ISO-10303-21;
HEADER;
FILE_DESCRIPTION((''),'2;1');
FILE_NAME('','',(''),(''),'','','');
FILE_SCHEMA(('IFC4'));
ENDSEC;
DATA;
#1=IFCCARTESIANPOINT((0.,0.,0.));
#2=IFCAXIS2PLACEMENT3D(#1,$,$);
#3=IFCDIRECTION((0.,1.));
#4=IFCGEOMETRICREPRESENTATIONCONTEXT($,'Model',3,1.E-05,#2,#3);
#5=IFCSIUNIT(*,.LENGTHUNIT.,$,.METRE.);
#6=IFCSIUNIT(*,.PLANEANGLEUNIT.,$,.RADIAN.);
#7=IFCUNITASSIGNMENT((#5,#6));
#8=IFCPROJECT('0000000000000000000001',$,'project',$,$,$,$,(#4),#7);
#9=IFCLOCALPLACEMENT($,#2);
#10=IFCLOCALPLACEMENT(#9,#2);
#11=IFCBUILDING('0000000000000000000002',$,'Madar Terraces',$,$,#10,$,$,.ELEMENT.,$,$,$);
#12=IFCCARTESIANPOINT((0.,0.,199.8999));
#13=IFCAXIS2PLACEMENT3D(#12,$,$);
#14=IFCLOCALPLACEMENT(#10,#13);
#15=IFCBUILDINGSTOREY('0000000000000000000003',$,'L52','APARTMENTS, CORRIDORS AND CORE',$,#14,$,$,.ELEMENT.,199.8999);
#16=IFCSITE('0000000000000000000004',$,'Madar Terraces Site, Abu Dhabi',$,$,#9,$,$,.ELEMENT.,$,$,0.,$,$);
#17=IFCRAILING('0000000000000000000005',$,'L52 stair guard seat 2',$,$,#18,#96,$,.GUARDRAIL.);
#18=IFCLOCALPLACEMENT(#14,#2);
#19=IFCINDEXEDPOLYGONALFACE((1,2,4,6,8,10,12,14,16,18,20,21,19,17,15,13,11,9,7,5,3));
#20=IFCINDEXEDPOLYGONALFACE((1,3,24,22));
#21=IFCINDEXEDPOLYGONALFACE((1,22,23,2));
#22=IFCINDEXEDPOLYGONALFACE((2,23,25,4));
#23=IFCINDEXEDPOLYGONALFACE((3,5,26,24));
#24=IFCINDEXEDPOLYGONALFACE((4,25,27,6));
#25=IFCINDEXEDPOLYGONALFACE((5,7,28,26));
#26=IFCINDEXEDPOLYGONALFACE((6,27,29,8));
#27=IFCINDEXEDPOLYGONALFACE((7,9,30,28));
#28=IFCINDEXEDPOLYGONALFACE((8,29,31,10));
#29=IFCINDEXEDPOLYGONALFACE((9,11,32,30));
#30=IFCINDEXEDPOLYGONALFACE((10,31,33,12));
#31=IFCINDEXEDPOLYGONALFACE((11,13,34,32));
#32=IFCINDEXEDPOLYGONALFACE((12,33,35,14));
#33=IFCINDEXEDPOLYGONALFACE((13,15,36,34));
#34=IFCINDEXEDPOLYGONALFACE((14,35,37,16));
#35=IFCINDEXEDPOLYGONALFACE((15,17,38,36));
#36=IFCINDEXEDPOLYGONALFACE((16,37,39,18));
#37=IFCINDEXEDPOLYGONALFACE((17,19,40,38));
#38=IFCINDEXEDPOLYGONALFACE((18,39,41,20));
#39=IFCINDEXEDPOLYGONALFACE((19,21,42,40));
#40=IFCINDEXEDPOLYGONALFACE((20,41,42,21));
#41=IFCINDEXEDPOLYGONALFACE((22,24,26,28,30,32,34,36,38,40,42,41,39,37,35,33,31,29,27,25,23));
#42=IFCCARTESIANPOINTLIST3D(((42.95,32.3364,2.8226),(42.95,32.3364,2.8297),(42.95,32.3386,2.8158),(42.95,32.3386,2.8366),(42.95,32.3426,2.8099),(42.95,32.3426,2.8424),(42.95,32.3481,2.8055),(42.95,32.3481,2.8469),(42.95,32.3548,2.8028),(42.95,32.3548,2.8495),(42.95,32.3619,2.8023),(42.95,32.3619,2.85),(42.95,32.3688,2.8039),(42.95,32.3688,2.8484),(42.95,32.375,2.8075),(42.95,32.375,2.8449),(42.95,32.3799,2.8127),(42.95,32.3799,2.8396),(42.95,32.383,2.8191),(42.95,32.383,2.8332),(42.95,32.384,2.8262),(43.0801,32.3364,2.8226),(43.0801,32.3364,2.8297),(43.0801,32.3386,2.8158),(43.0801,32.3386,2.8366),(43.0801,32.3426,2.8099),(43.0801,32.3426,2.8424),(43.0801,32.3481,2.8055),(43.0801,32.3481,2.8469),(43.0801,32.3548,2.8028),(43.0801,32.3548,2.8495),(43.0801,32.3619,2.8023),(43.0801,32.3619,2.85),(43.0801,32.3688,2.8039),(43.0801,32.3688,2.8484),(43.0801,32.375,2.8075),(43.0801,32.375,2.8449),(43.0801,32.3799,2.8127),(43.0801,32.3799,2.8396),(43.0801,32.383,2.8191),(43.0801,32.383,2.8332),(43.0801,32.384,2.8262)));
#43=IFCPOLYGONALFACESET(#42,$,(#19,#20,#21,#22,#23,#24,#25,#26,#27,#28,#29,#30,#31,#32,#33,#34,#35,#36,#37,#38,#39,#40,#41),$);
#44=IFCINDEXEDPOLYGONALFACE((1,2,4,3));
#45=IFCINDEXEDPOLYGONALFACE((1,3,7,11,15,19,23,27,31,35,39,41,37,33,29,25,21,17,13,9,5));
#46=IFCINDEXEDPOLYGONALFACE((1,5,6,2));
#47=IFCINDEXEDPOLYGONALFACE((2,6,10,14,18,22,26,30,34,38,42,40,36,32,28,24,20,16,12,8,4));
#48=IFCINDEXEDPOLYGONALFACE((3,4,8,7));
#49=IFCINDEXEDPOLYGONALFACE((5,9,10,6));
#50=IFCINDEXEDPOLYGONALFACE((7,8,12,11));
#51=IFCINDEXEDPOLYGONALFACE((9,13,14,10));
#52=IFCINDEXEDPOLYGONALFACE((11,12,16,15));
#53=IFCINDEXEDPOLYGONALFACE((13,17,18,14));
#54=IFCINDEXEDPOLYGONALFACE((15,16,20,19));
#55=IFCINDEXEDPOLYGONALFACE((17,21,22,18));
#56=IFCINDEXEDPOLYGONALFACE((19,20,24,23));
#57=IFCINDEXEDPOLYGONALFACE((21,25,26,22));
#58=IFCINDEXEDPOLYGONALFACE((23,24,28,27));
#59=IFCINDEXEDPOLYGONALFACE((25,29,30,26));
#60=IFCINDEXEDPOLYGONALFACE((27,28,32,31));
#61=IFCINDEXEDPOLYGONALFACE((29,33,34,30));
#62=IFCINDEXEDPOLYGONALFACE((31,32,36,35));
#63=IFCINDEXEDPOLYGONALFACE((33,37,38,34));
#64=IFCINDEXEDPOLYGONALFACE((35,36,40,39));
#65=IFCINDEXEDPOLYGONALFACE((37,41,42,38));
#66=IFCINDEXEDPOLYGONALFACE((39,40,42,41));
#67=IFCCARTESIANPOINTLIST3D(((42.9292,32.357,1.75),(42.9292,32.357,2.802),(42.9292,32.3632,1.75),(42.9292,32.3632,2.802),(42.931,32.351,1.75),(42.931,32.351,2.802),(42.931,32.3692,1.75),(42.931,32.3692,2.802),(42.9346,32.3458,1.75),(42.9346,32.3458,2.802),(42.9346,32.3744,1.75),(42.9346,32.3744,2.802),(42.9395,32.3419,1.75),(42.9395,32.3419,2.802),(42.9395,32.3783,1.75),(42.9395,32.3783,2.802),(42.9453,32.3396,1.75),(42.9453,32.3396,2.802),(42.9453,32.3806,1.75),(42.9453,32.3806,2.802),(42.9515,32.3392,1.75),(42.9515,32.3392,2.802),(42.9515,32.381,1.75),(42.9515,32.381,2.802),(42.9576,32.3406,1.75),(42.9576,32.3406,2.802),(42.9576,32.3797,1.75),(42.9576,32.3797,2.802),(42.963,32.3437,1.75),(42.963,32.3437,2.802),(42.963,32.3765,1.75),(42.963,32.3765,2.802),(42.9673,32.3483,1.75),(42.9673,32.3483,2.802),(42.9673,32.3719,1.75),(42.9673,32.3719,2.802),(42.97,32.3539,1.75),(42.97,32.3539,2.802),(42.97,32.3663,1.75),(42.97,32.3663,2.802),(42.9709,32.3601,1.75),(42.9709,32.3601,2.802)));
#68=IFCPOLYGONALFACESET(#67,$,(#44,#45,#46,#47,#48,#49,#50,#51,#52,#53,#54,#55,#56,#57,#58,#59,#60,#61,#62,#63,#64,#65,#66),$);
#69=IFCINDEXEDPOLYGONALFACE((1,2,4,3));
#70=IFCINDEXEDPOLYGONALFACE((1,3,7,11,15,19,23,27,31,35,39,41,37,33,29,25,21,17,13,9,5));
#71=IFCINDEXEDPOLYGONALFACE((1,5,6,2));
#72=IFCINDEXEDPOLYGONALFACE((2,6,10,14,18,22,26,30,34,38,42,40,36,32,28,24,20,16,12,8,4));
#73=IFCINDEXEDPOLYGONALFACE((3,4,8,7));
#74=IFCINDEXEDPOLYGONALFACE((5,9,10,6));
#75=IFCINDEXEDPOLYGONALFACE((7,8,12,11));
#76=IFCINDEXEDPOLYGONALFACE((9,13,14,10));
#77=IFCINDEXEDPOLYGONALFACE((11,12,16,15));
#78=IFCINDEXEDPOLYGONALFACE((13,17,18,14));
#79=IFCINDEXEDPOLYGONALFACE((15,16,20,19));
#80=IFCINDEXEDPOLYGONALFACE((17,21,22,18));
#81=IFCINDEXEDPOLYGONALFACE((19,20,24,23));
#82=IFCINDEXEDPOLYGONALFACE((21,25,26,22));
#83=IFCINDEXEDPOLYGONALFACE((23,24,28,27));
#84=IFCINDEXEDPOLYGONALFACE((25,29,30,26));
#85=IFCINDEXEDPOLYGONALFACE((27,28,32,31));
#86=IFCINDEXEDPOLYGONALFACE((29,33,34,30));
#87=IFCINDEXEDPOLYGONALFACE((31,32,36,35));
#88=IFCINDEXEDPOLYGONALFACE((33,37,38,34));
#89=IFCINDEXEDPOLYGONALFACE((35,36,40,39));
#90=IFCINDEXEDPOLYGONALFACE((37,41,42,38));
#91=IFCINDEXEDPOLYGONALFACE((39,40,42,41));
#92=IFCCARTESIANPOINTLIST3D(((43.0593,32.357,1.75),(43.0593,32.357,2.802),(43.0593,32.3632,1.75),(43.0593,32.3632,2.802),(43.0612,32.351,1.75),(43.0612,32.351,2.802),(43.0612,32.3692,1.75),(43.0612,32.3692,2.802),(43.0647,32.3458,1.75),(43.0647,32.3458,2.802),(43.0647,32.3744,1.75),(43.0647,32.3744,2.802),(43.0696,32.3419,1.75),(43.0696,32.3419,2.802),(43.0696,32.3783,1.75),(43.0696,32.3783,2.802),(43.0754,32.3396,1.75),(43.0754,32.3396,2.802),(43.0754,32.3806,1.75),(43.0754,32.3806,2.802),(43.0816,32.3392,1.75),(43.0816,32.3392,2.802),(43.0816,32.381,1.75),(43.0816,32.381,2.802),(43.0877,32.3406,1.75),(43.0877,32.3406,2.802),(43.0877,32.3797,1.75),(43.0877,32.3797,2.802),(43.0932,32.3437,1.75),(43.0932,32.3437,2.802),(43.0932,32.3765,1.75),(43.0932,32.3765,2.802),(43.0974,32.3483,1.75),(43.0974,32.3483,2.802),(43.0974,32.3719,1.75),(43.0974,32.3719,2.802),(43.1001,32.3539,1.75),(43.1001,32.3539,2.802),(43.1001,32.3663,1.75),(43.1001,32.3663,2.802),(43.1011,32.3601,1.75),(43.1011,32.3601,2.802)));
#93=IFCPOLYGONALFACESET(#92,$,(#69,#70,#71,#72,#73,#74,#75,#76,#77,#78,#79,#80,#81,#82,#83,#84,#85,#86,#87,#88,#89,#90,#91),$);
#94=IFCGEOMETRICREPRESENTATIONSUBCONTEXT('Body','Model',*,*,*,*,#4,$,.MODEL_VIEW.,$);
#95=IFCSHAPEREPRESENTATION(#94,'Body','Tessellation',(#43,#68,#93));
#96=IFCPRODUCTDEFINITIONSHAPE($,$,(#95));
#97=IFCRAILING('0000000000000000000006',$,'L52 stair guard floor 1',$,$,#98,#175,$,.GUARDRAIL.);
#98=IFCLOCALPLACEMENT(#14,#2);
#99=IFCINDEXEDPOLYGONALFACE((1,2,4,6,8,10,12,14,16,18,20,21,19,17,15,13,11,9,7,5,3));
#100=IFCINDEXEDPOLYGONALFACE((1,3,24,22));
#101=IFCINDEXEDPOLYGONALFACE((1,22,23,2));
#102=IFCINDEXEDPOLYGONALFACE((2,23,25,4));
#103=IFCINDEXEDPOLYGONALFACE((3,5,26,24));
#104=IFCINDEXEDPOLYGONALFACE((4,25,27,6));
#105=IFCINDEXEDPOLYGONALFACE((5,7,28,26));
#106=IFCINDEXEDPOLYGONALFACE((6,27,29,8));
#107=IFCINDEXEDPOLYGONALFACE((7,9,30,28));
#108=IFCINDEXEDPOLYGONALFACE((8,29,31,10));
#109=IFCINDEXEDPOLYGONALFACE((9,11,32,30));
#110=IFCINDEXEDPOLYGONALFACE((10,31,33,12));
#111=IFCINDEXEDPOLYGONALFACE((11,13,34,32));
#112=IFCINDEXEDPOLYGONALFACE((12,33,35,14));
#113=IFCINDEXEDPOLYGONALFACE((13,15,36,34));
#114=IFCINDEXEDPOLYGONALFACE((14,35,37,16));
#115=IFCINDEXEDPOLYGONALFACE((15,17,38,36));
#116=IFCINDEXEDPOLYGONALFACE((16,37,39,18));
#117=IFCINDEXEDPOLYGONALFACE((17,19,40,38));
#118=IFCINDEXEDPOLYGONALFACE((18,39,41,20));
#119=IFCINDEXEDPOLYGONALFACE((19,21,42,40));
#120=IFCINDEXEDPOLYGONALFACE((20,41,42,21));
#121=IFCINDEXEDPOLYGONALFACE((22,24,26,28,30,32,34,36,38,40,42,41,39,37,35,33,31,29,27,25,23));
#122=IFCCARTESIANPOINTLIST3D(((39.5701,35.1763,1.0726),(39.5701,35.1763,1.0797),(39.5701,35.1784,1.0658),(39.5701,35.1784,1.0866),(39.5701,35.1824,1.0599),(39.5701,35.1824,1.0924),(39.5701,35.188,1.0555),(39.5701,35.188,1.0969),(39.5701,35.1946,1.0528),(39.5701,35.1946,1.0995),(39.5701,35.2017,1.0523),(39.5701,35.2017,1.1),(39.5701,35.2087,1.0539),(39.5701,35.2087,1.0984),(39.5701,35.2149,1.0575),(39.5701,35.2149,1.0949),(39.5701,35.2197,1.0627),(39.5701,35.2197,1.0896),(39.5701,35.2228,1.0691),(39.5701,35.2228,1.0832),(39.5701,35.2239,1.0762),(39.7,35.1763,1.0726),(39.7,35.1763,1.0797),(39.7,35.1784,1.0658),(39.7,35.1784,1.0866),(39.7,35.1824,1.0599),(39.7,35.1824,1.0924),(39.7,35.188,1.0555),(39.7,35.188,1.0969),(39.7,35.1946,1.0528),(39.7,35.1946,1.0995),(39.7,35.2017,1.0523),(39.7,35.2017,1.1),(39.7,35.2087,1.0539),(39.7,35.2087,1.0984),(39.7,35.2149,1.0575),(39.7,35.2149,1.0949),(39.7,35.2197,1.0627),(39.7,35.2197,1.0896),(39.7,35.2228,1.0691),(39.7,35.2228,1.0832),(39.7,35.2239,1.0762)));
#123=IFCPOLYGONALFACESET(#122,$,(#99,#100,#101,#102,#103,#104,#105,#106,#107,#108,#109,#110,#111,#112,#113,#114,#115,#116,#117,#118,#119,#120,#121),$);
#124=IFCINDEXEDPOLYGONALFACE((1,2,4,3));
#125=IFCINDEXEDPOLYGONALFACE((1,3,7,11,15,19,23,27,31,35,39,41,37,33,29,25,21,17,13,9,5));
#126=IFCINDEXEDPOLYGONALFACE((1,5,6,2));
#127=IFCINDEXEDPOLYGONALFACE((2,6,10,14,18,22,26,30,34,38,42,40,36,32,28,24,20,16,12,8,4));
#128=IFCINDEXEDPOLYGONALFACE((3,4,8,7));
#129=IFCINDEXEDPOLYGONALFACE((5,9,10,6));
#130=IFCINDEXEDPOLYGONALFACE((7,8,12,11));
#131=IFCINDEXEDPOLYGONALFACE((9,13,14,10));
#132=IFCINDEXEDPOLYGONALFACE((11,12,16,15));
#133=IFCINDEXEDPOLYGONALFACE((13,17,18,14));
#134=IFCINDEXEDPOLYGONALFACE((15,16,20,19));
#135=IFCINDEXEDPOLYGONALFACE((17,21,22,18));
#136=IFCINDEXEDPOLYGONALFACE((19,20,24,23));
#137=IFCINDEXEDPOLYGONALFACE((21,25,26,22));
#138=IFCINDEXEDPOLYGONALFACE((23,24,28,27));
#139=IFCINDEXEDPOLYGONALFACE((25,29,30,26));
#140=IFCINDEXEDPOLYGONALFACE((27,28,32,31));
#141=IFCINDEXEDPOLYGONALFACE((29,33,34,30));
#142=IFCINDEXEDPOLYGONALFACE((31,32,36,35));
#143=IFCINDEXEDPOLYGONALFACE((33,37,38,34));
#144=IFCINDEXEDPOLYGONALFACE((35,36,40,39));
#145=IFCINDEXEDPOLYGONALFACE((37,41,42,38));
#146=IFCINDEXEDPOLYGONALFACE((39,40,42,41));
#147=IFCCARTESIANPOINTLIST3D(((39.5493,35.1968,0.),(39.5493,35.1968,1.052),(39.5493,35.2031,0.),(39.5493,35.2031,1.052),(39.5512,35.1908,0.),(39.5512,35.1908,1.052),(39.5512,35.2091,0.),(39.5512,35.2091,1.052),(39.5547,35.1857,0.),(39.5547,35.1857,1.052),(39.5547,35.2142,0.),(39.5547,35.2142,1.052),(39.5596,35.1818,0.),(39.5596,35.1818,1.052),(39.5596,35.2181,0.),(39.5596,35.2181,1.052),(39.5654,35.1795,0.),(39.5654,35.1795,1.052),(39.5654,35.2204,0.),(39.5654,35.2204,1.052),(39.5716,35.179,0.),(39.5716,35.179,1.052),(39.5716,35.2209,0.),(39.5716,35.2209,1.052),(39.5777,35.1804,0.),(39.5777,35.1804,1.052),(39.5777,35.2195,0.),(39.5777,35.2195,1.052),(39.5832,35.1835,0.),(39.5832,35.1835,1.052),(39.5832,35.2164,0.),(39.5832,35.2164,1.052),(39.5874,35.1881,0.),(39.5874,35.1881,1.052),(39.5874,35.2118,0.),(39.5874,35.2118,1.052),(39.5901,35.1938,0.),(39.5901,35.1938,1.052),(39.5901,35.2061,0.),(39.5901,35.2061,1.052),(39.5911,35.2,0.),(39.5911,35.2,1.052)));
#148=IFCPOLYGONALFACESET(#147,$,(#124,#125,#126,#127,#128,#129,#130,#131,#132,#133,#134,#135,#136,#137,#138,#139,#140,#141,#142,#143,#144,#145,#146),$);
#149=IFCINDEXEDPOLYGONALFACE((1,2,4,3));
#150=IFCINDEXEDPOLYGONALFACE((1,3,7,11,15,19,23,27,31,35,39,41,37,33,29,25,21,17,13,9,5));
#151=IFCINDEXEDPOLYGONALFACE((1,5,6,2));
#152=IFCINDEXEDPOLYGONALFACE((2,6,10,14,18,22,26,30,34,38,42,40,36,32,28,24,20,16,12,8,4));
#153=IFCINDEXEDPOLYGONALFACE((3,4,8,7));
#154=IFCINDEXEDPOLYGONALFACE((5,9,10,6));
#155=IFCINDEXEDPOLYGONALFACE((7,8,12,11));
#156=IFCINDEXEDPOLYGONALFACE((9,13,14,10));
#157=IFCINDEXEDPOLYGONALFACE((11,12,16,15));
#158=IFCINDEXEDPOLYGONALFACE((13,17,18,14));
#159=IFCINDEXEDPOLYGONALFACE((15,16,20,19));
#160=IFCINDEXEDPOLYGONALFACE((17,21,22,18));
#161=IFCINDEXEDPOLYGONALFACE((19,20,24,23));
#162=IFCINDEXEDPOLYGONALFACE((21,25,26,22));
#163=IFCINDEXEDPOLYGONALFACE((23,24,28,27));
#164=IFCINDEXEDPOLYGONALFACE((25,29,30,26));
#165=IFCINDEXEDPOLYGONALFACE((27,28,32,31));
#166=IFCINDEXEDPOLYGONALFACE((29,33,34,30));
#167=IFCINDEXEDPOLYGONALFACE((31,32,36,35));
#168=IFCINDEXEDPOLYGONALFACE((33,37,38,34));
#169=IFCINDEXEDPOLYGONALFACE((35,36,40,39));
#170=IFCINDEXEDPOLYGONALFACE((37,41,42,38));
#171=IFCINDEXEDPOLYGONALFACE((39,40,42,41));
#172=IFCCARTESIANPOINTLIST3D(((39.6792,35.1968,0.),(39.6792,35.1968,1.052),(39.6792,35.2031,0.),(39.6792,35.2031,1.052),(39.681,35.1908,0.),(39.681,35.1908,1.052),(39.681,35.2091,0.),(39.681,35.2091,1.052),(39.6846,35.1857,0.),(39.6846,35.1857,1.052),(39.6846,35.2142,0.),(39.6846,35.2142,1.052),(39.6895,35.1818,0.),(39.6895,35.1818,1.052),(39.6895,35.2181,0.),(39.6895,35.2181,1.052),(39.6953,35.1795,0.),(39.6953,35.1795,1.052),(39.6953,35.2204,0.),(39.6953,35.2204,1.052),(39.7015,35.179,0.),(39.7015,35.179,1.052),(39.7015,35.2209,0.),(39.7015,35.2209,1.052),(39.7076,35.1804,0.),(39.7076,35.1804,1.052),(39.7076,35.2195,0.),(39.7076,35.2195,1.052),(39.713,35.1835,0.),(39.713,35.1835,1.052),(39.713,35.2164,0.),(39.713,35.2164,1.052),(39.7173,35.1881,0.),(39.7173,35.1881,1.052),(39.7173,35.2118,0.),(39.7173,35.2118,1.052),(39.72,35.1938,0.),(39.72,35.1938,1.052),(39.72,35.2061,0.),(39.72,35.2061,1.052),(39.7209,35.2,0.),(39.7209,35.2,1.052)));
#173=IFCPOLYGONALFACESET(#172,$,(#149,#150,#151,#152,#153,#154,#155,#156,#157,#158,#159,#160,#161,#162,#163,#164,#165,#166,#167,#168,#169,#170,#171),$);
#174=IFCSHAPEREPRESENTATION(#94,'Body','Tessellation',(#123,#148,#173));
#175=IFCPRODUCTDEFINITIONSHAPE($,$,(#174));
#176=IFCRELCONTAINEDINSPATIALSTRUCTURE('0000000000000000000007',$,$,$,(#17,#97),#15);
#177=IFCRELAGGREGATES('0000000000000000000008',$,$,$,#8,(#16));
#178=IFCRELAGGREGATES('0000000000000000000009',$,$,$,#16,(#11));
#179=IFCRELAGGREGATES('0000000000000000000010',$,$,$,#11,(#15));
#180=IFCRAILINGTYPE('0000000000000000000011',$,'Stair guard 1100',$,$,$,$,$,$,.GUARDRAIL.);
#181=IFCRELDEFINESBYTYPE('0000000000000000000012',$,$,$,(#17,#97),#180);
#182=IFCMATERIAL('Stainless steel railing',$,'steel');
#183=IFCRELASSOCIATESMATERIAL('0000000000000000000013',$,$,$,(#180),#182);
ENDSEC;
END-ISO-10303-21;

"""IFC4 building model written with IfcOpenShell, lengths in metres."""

from ifc_helpers import new_model, si_unit, direction, frame, origin, origin_2d, place, context, subcontext, project, spatial, circle, extrude, material, type_object, element, save


model = new_model("IFC4")

# Units and contexts
model_context = context("Model", 3, precision=1e-05, world=origin(), true_north=direction((0.0, 1.0)))
body_context = subcontext(model_context, "Body", "Model", "MODEL_VIEW")
ifc_project = project(units=[si_unit("LENGTHUNIT", "METRE"), si_unit("PLANEANGLEUNIT", "RADIAN")], contexts=[model_context])

# Site, building, storey
site_placement = place(None, origin())
site = spatial("IfcSite", under=ifc_project, at=site_placement, Name="Madar Terraces Site, Abu Dhabi", CompositionType="ELEMENT", RefElevation=0.0)
building_placement = place(site_placement, origin())
building = spatial("IfcBuilding", under=site, at=building_placement, Name="Madar Terraces", CompositionType="ELEMENT")
storey_placement = place(building_placement, frame((0.0, 0.0, 199.8999)))
storey = spatial("IfcBuildingStorey", under=building, at=storey_placement, Name="L52", Description="APARTMENTS, CORRIDORS AND CORE", CompositionType="ELEMENT", Elevation=199.8999)

# Railings
ifc_material_1 = material(Name="Stainless steel railing", Category="steel")
railing_type_1 = type_object("IfcRailingType", Name="Stair guard 1100", PredefinedType="GUARDRAIL", material=ifc_material_1)
railing_1_placement = place(storey_placement, frame((42.95, 32.3601, 1.75)))
element("IfcRailing", 1, at=railing_1_placement, inside=storey, type_object=railing_type_1, Name="L52 stair guard seat 2", PredefinedType="GUARDRAIL", context=body_context, shape_type="SweptSolid", body=[
    extrude(circle(Radius=0.0239, at=origin_2d()), frame((0.0, 0.0, 1.0762), z_axis=(1.0, 0.0, 0.0), x_axis=(0.0, 1.0, 0.0)), (0.0, 0.0, 1.0), 0.1301),
    extrude(circle(Radius=0.021, at=origin_2d()), origin(), (0.0, 0.0, 1.0), 1.052),
    extrude(circle(Radius=0.021, at=origin_2d()), frame((0.1301, 0.0, 0.0)), (0.0, 0.0, 1.0), 1.052),
])
railing_2_placement = place(storey_placement, frame((39.5701, 35.2, 0.0)))
element("IfcRailing", 2, at=railing_2_placement, inside=storey, type_object=railing_type_1, Name="L52 stair guard floor 1", PredefinedType="GUARDRAIL", context=body_context, shape_type="SweptSolid", body=[
    extrude(circle(Radius=0.0239, at=origin_2d()), frame((0.0, 0.0, 1.0762), z_axis=(1.0, 0.0, 0.0), x_axis=(0.0, 1.0, 0.0)), (0.0, 0.0, 1.0), 0.1299),
    extrude(circle(Radius=0.021, at=origin_2d()), origin(), (0.0, 0.0, 1.0), 1.052),
    extrude(circle(Radius=0.021, at=origin_2d()), frame((0.1299, 0.0, 0.0)), (0.0, 0.0, 1.0), 1.052),
])

save(model, "model.ifc")
